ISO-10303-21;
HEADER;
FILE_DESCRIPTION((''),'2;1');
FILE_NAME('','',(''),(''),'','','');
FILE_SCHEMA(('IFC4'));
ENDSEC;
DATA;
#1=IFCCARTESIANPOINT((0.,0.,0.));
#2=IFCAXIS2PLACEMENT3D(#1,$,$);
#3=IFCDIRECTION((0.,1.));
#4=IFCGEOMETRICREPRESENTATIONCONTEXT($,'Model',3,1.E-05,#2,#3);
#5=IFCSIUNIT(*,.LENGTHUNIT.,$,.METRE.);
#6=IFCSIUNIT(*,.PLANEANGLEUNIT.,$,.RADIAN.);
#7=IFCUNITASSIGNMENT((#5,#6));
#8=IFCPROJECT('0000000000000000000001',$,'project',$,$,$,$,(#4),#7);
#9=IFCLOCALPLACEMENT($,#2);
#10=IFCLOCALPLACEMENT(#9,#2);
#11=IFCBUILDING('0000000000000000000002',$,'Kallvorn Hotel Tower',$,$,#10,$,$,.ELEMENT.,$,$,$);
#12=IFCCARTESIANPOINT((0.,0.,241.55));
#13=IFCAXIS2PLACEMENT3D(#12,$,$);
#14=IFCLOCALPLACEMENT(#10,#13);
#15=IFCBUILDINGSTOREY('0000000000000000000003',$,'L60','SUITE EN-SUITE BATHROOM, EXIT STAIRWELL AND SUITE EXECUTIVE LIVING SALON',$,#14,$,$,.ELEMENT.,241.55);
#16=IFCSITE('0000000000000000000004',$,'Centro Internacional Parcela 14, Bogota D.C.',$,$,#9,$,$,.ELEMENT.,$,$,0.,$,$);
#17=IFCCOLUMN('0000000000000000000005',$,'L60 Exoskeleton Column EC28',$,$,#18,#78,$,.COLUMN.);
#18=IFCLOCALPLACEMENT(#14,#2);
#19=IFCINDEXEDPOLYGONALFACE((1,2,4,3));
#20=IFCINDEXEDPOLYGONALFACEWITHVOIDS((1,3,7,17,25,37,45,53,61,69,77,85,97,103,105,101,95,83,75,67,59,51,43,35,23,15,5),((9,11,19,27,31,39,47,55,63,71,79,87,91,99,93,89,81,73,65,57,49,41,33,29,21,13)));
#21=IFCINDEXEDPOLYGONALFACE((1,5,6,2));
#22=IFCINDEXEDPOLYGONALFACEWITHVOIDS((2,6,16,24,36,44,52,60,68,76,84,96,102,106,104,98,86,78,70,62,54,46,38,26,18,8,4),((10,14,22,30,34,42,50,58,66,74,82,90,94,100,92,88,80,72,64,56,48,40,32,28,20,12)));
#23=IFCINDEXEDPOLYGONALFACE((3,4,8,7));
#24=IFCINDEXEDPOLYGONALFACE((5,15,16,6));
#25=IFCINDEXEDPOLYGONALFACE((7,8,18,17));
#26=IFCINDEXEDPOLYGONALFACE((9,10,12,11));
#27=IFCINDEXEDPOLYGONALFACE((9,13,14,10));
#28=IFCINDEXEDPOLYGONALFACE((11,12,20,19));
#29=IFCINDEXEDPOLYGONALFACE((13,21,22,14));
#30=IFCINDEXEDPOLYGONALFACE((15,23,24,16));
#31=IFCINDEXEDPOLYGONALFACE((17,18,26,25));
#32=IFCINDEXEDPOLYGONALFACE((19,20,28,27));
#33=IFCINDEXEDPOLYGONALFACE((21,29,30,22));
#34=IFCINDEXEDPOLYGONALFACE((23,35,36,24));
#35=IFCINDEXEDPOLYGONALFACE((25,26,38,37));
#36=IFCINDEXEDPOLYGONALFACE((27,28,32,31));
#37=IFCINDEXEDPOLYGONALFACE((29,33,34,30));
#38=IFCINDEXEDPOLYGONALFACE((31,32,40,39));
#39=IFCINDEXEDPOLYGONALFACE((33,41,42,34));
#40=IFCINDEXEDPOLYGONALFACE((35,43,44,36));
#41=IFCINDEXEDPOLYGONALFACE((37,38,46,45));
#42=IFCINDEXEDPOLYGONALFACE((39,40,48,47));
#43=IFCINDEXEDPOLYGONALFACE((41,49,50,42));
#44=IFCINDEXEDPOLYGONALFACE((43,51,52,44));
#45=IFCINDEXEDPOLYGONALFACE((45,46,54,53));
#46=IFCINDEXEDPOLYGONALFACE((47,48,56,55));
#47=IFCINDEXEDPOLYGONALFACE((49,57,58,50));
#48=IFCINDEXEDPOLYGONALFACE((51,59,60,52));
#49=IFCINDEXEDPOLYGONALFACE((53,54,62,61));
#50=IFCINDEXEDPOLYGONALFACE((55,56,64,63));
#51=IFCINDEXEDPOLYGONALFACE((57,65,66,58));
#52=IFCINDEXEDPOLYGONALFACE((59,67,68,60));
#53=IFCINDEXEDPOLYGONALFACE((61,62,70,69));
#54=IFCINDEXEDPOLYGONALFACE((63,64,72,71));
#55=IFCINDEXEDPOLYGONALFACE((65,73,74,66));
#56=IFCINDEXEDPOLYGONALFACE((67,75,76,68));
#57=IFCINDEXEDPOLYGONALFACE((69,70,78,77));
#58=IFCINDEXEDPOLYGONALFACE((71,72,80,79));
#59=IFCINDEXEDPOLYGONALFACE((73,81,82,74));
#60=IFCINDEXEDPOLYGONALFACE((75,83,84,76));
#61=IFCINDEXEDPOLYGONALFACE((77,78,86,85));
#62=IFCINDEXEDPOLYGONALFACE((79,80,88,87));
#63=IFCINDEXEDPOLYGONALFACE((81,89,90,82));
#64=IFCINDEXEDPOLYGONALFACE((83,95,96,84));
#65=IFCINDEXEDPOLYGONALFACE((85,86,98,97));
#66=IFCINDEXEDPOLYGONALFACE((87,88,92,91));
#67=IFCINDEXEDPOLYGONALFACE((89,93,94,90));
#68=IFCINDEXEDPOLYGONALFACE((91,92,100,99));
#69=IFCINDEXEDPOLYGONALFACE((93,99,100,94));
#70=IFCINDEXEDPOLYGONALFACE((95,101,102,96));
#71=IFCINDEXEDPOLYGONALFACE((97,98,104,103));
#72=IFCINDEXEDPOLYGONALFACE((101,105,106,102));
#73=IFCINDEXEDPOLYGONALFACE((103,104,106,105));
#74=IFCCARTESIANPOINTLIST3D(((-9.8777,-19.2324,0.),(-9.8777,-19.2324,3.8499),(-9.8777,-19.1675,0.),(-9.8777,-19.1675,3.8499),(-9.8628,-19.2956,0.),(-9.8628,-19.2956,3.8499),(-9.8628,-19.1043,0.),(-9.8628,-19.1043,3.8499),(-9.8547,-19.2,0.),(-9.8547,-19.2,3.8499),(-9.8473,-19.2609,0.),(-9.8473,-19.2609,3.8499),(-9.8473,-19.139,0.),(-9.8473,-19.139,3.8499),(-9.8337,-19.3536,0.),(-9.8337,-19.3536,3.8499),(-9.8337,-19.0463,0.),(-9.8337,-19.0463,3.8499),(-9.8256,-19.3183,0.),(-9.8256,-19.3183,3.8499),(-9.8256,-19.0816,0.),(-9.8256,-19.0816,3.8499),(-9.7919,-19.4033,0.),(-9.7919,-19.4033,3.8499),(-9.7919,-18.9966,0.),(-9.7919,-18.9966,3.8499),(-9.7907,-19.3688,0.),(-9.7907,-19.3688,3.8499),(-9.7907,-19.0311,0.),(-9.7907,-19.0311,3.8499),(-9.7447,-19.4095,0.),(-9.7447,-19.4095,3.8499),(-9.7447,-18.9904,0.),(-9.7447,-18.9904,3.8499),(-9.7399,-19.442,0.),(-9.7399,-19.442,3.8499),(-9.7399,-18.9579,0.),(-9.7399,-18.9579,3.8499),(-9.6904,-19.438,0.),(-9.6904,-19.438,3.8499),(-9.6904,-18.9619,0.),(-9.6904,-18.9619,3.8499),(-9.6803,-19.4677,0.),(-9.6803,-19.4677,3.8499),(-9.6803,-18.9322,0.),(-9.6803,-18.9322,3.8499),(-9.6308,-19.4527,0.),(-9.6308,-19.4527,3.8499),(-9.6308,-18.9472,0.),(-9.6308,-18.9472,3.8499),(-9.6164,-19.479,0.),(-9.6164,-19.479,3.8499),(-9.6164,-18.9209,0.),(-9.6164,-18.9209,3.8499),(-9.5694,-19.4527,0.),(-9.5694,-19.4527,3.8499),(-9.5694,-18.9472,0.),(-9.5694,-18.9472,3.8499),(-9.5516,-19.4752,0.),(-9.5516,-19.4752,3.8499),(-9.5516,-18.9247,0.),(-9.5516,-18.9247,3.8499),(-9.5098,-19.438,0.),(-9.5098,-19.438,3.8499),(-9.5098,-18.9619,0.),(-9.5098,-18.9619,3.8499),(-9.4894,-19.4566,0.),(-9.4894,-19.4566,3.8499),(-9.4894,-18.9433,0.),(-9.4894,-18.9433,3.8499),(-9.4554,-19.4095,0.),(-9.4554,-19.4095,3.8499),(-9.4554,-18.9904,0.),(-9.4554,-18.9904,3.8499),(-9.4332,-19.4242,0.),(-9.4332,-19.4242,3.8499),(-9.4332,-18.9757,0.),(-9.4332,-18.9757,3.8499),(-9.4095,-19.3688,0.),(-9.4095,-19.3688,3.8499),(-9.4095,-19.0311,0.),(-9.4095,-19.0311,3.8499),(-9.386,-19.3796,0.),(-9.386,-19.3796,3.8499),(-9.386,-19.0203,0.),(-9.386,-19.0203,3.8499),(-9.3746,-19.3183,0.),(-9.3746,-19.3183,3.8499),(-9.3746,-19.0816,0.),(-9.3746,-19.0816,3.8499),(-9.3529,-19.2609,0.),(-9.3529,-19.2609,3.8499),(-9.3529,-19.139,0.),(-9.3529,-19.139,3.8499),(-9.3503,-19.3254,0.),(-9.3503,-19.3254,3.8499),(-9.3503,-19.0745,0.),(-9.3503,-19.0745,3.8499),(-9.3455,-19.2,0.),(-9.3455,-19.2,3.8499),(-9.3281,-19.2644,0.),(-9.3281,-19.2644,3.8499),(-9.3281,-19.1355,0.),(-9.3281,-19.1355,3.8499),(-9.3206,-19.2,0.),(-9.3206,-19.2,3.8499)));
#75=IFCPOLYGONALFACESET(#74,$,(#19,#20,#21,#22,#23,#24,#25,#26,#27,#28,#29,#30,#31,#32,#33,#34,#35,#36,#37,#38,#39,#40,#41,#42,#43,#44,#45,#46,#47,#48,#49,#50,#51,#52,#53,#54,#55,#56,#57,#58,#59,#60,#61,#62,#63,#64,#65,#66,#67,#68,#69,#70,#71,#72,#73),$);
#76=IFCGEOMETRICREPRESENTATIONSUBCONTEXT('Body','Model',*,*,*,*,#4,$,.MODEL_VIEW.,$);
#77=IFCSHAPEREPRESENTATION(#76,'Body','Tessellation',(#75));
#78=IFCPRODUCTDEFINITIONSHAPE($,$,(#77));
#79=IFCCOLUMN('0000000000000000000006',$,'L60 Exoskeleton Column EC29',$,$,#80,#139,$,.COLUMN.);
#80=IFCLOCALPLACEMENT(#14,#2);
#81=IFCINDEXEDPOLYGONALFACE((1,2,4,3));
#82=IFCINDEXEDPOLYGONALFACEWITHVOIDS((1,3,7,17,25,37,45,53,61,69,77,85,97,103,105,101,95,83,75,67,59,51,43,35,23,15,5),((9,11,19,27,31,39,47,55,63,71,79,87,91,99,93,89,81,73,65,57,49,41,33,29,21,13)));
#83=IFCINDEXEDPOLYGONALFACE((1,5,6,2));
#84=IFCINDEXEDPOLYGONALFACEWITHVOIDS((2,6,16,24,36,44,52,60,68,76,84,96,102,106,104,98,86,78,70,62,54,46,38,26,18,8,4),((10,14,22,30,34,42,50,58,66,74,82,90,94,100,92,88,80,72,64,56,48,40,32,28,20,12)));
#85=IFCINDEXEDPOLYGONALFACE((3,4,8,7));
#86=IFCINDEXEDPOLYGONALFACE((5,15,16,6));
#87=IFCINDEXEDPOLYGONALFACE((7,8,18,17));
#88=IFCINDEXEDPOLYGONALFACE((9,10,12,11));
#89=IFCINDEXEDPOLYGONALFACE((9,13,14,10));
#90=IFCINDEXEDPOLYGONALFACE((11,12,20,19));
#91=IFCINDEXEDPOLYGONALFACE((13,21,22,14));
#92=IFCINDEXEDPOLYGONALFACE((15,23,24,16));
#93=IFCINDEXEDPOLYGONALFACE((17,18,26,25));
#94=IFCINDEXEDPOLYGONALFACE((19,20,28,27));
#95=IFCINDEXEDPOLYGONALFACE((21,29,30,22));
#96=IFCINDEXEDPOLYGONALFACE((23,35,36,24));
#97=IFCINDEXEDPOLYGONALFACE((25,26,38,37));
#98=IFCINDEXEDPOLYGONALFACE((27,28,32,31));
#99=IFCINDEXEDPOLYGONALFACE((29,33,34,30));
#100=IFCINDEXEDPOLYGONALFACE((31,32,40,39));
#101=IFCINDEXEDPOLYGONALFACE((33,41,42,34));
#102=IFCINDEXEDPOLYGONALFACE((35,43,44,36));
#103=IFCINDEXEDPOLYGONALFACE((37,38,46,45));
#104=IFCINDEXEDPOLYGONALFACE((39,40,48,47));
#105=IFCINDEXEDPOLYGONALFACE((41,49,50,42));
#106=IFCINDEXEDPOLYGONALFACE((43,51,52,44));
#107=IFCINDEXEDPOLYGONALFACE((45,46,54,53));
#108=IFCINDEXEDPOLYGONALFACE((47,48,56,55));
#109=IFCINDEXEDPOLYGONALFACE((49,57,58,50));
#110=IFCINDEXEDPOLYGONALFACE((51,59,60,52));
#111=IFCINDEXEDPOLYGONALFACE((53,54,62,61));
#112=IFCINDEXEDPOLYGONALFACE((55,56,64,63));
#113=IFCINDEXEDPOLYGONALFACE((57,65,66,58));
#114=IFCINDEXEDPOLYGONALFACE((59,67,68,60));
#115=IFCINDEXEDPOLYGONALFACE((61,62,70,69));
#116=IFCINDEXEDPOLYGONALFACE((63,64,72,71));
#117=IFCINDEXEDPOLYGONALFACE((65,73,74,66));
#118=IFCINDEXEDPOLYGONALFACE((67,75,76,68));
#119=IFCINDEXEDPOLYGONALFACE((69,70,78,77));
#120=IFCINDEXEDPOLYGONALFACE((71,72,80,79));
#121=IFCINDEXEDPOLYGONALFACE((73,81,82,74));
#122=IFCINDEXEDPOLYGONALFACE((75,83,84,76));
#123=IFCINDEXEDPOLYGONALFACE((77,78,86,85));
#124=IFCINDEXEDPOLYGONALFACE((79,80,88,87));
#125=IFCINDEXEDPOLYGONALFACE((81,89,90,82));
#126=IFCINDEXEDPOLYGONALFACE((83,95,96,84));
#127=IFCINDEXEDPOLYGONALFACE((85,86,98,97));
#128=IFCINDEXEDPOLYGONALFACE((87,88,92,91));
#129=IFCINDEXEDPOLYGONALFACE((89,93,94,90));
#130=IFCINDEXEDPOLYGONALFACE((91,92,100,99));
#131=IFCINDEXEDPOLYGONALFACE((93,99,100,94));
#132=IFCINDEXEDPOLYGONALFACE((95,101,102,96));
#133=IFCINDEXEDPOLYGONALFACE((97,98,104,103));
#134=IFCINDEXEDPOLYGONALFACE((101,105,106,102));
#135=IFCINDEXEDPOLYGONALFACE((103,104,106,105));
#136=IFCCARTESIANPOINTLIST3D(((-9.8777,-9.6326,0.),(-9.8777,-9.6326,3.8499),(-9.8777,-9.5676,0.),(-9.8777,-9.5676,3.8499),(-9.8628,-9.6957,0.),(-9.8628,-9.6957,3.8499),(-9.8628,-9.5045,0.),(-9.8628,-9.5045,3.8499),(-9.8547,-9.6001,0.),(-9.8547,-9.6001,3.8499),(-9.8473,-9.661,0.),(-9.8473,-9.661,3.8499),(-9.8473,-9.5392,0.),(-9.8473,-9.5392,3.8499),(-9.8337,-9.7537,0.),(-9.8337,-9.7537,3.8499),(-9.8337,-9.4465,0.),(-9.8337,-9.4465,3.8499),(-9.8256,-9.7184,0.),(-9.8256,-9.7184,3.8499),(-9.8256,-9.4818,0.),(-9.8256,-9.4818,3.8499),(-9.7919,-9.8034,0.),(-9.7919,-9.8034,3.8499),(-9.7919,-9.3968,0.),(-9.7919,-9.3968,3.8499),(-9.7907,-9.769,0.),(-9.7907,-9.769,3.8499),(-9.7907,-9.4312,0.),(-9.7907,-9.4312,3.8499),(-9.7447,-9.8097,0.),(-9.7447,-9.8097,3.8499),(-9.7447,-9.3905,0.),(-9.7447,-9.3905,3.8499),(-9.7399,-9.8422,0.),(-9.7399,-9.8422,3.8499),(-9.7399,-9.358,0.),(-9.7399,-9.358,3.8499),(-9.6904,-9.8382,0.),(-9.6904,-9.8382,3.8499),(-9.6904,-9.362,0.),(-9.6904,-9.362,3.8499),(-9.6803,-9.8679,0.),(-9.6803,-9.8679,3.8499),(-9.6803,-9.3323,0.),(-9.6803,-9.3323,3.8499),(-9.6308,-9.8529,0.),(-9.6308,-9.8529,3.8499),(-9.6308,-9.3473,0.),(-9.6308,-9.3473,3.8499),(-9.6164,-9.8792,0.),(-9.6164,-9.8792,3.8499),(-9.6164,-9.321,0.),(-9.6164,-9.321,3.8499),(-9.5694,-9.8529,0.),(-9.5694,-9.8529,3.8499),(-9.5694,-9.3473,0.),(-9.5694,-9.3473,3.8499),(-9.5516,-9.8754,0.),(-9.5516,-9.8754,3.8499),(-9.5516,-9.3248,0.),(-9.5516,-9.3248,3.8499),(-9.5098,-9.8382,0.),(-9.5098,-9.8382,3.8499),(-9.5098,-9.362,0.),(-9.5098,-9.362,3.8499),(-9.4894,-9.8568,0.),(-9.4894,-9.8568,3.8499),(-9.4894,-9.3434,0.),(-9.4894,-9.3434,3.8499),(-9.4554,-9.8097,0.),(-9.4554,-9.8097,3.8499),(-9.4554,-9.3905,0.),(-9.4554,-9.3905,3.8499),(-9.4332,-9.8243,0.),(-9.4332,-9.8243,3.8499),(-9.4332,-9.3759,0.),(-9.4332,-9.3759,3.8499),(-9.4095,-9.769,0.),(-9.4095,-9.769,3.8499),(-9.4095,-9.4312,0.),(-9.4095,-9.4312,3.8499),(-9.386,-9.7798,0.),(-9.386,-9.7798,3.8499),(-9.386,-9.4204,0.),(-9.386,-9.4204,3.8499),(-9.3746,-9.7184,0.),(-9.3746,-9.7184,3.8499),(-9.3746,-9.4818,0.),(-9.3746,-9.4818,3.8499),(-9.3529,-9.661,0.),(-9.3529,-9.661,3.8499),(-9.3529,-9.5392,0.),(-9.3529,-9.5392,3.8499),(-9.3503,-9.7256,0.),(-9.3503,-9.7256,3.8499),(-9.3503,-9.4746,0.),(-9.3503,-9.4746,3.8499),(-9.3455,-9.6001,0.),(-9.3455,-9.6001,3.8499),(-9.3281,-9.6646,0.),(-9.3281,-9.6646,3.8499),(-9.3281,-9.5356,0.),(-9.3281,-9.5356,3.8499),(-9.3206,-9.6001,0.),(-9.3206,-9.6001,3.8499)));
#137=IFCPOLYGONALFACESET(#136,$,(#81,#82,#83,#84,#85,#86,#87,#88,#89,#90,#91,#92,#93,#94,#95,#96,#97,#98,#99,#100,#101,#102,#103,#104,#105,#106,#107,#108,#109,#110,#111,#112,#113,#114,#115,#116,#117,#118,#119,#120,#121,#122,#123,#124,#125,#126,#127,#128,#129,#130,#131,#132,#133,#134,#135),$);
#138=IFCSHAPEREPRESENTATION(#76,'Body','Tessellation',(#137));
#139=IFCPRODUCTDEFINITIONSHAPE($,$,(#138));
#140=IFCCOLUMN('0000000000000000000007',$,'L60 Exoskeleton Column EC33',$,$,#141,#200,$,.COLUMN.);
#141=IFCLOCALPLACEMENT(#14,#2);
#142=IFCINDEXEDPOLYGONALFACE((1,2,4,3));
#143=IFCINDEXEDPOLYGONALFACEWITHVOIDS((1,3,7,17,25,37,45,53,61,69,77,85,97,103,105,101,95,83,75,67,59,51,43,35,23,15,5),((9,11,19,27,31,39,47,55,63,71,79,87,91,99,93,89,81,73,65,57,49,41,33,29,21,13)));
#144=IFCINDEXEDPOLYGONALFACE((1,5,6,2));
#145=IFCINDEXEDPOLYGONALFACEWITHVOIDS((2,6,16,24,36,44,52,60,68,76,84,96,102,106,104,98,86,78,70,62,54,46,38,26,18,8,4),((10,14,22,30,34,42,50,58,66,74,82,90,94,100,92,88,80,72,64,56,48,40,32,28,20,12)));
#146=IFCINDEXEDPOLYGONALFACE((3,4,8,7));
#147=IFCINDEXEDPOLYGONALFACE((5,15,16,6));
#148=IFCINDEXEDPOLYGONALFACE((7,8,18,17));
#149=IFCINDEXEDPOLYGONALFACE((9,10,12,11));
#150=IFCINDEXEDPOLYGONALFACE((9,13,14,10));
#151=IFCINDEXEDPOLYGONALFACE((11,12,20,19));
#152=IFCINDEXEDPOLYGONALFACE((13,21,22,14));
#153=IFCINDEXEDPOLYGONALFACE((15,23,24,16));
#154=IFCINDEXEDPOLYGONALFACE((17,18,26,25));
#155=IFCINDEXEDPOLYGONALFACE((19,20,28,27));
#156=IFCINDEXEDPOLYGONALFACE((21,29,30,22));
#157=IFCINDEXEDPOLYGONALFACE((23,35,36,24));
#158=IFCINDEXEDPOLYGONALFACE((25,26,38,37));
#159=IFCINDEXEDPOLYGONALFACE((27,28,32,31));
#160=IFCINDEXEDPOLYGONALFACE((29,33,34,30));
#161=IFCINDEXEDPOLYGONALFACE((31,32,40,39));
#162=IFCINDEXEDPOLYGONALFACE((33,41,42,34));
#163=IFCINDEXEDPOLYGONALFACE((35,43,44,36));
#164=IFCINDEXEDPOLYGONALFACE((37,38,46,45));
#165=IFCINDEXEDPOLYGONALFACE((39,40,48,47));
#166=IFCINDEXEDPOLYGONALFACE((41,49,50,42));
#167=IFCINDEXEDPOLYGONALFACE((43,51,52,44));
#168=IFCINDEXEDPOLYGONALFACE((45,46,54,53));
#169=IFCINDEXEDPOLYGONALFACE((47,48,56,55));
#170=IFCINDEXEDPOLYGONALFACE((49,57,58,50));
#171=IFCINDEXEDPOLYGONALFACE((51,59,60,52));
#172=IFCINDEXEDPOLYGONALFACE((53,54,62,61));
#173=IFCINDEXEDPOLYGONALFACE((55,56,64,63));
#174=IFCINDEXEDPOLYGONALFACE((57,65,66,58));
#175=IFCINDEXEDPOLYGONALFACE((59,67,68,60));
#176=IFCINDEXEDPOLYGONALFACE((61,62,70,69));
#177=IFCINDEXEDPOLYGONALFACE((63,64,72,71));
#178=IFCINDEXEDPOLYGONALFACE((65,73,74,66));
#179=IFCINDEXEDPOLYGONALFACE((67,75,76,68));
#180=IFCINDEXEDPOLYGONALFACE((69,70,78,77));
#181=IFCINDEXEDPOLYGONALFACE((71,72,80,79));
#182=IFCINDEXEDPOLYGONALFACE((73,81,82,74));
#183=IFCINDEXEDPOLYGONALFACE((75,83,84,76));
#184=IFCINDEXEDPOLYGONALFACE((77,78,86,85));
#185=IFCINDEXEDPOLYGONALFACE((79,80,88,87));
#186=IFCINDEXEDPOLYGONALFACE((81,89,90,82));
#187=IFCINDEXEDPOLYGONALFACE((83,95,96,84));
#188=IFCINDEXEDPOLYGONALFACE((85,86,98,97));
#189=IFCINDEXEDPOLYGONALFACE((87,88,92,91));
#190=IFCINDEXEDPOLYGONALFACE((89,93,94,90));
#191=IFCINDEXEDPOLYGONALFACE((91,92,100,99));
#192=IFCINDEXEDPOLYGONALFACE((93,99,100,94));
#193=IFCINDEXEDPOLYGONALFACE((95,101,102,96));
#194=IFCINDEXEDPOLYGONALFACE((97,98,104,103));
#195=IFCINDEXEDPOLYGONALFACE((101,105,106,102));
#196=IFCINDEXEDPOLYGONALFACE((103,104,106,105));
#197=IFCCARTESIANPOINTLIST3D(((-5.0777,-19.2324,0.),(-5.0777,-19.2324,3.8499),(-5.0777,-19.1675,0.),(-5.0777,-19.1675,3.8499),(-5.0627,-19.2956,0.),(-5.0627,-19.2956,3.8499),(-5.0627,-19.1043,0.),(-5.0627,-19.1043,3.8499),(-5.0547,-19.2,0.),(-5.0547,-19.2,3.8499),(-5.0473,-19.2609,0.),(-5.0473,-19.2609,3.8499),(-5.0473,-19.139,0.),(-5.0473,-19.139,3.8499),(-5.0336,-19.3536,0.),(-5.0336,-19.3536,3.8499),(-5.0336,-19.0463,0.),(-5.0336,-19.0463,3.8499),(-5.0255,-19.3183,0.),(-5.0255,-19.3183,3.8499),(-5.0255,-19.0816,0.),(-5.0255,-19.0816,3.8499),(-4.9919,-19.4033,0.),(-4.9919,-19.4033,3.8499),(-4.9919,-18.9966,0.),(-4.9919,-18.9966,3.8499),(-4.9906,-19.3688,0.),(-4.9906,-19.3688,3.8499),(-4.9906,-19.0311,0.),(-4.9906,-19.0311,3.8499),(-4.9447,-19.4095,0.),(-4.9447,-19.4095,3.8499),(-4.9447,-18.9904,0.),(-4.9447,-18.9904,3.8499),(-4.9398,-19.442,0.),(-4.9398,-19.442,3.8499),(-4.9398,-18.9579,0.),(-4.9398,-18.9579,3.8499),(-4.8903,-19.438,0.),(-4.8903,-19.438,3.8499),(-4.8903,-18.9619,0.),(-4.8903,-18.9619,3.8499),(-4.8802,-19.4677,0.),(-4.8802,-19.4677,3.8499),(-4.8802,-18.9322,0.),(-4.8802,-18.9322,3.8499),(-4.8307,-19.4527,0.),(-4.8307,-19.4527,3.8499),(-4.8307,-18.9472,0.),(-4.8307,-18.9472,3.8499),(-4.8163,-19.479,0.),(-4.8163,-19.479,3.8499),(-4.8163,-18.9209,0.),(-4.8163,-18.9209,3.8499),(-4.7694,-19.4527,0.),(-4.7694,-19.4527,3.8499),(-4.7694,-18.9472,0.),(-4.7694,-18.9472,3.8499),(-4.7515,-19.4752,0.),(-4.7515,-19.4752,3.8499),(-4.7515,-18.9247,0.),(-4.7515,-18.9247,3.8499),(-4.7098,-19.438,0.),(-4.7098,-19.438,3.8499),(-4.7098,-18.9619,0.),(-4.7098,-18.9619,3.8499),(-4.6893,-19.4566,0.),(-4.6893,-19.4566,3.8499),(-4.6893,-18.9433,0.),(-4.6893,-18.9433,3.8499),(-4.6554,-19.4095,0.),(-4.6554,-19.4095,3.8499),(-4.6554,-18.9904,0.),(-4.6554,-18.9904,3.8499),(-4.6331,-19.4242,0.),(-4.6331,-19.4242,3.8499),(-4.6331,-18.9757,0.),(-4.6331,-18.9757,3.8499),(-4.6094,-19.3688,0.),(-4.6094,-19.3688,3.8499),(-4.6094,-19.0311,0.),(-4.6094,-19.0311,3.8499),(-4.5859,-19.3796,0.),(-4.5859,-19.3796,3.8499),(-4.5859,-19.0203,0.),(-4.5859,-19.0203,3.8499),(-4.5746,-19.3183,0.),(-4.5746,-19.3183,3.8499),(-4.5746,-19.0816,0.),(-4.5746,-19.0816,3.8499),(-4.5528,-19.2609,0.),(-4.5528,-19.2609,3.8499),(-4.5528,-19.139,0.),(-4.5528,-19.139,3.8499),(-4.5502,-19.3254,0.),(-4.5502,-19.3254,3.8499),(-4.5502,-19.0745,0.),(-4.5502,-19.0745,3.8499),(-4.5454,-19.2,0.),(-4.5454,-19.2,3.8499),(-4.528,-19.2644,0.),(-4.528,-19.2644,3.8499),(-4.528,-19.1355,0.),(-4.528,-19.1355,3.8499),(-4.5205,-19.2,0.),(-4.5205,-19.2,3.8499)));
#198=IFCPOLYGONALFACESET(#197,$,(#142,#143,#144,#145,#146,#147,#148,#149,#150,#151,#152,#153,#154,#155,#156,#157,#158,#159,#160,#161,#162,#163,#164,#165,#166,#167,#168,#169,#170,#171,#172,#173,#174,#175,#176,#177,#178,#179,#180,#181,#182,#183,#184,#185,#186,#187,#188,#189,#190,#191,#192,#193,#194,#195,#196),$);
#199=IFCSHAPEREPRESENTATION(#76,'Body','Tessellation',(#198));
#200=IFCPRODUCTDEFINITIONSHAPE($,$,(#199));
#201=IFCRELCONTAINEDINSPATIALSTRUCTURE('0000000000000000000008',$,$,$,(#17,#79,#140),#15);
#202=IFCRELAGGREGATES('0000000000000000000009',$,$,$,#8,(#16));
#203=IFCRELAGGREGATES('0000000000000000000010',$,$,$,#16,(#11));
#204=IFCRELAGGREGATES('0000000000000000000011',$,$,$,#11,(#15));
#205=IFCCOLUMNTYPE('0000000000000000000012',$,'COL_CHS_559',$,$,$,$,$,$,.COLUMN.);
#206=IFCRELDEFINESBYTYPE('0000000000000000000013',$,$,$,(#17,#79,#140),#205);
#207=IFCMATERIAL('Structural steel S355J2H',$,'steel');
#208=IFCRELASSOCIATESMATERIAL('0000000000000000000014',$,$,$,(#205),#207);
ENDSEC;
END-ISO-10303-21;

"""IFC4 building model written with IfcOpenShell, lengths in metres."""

from ifc_helpers import new_model, si_unit, direction, frame, origin, origin_2d, place, context, subcontext, project, spatial, hollow_circle, extrude, material, material_profile, profile_set, type_object, element, save


model = new_model("IFC4")

# Units and contexts
model_context = context("Model", 3, precision=1e-05, world=origin(), true_north=direction((0.0, 1.0)))
body_context = subcontext(model_context, "Body", "Model", "MODEL_VIEW")
ifc_project = project(units=[si_unit("LENGTHUNIT", "METRE"), si_unit("PLANEANGLEUNIT", "RADIAN")], contexts=[model_context])

# Site, building, storey
site_placement = place(None, origin())
site = spatial("IfcSite", under=ifc_project, at=site_placement, Name="Centro Internacional Parcela 14, Bogota D.C.", CompositionType="ELEMENT", RefElevation=0.0)
building_placement = place(site_placement, origin())
building = spatial("IfcBuilding", under=site, at=building_placement, Name="Kallvorn Hotel Tower", CompositionType="ELEMENT")
storey_placement = place(building_placement, frame((0.0, 0.0, 241.55)))
storey = spatial("IfcBuildingStorey", under=building, at=storey_placement, Name="L60", Description="SUITE EN-SUITE BATHROOM, EXIT STAIRWELL AND SUITE EXECUTIVE LIVING SALON", CompositionType="ELEMENT", Elevation=241.55)

# Columns
ifc_material_1 = material(Name="Structural steel S355J2H", Category="steel")
ifc_material_profile_1 = material_profile(ifc_material_1, hollow_circle(Radius=0.2795, WallThickness=0.0249, at=origin_2d()), Name="CHS 559x25")
ifc_profile_set_1 = profile_set([ifc_material_profile_1], Name="Structural steel S355J2H")
column_type_1 = type_object("IfcColumnType", Name="COL_CHS_559", PredefinedType="COLUMN", material=ifc_profile_set_1)
for number, where, z_axis, x_axis, name in (
    (1, (-9.6001, -19.2, 0.0), (0.0, 0.0, 1.0), (1.0, 0.0, 0.0), "L60 Exoskeleton Column EC28"),
    (2, (-9.6001, -9.6001, 0.0), (0.0, 0.0, 1.0), (1.0, 0.0, 0.0), "L60 Exoskeleton Column EC29"),
    (3, (-4.8, -19.2, 0.0), (0.0, 0.0, 1.0), (1.0, 0.0, 0.0), "L60 Exoskeleton Column EC33"),
):
    element("IfcColumn", number, at=place(storey_placement, frame(where, z_axis=z_axis, x_axis=x_axis)), inside=storey, type_object=column_type_1, Name=name, PredefinedType="COLUMN", context=body_context, shape_type="SweptSolid", body=[
        extrude(hollow_circle(Radius=0.2795, WallThickness=0.0249, at=origin_2d()), origin(), (0.0, 0.0, 1.0), 3.8499),
    ])

save(model, "model.ifc")
